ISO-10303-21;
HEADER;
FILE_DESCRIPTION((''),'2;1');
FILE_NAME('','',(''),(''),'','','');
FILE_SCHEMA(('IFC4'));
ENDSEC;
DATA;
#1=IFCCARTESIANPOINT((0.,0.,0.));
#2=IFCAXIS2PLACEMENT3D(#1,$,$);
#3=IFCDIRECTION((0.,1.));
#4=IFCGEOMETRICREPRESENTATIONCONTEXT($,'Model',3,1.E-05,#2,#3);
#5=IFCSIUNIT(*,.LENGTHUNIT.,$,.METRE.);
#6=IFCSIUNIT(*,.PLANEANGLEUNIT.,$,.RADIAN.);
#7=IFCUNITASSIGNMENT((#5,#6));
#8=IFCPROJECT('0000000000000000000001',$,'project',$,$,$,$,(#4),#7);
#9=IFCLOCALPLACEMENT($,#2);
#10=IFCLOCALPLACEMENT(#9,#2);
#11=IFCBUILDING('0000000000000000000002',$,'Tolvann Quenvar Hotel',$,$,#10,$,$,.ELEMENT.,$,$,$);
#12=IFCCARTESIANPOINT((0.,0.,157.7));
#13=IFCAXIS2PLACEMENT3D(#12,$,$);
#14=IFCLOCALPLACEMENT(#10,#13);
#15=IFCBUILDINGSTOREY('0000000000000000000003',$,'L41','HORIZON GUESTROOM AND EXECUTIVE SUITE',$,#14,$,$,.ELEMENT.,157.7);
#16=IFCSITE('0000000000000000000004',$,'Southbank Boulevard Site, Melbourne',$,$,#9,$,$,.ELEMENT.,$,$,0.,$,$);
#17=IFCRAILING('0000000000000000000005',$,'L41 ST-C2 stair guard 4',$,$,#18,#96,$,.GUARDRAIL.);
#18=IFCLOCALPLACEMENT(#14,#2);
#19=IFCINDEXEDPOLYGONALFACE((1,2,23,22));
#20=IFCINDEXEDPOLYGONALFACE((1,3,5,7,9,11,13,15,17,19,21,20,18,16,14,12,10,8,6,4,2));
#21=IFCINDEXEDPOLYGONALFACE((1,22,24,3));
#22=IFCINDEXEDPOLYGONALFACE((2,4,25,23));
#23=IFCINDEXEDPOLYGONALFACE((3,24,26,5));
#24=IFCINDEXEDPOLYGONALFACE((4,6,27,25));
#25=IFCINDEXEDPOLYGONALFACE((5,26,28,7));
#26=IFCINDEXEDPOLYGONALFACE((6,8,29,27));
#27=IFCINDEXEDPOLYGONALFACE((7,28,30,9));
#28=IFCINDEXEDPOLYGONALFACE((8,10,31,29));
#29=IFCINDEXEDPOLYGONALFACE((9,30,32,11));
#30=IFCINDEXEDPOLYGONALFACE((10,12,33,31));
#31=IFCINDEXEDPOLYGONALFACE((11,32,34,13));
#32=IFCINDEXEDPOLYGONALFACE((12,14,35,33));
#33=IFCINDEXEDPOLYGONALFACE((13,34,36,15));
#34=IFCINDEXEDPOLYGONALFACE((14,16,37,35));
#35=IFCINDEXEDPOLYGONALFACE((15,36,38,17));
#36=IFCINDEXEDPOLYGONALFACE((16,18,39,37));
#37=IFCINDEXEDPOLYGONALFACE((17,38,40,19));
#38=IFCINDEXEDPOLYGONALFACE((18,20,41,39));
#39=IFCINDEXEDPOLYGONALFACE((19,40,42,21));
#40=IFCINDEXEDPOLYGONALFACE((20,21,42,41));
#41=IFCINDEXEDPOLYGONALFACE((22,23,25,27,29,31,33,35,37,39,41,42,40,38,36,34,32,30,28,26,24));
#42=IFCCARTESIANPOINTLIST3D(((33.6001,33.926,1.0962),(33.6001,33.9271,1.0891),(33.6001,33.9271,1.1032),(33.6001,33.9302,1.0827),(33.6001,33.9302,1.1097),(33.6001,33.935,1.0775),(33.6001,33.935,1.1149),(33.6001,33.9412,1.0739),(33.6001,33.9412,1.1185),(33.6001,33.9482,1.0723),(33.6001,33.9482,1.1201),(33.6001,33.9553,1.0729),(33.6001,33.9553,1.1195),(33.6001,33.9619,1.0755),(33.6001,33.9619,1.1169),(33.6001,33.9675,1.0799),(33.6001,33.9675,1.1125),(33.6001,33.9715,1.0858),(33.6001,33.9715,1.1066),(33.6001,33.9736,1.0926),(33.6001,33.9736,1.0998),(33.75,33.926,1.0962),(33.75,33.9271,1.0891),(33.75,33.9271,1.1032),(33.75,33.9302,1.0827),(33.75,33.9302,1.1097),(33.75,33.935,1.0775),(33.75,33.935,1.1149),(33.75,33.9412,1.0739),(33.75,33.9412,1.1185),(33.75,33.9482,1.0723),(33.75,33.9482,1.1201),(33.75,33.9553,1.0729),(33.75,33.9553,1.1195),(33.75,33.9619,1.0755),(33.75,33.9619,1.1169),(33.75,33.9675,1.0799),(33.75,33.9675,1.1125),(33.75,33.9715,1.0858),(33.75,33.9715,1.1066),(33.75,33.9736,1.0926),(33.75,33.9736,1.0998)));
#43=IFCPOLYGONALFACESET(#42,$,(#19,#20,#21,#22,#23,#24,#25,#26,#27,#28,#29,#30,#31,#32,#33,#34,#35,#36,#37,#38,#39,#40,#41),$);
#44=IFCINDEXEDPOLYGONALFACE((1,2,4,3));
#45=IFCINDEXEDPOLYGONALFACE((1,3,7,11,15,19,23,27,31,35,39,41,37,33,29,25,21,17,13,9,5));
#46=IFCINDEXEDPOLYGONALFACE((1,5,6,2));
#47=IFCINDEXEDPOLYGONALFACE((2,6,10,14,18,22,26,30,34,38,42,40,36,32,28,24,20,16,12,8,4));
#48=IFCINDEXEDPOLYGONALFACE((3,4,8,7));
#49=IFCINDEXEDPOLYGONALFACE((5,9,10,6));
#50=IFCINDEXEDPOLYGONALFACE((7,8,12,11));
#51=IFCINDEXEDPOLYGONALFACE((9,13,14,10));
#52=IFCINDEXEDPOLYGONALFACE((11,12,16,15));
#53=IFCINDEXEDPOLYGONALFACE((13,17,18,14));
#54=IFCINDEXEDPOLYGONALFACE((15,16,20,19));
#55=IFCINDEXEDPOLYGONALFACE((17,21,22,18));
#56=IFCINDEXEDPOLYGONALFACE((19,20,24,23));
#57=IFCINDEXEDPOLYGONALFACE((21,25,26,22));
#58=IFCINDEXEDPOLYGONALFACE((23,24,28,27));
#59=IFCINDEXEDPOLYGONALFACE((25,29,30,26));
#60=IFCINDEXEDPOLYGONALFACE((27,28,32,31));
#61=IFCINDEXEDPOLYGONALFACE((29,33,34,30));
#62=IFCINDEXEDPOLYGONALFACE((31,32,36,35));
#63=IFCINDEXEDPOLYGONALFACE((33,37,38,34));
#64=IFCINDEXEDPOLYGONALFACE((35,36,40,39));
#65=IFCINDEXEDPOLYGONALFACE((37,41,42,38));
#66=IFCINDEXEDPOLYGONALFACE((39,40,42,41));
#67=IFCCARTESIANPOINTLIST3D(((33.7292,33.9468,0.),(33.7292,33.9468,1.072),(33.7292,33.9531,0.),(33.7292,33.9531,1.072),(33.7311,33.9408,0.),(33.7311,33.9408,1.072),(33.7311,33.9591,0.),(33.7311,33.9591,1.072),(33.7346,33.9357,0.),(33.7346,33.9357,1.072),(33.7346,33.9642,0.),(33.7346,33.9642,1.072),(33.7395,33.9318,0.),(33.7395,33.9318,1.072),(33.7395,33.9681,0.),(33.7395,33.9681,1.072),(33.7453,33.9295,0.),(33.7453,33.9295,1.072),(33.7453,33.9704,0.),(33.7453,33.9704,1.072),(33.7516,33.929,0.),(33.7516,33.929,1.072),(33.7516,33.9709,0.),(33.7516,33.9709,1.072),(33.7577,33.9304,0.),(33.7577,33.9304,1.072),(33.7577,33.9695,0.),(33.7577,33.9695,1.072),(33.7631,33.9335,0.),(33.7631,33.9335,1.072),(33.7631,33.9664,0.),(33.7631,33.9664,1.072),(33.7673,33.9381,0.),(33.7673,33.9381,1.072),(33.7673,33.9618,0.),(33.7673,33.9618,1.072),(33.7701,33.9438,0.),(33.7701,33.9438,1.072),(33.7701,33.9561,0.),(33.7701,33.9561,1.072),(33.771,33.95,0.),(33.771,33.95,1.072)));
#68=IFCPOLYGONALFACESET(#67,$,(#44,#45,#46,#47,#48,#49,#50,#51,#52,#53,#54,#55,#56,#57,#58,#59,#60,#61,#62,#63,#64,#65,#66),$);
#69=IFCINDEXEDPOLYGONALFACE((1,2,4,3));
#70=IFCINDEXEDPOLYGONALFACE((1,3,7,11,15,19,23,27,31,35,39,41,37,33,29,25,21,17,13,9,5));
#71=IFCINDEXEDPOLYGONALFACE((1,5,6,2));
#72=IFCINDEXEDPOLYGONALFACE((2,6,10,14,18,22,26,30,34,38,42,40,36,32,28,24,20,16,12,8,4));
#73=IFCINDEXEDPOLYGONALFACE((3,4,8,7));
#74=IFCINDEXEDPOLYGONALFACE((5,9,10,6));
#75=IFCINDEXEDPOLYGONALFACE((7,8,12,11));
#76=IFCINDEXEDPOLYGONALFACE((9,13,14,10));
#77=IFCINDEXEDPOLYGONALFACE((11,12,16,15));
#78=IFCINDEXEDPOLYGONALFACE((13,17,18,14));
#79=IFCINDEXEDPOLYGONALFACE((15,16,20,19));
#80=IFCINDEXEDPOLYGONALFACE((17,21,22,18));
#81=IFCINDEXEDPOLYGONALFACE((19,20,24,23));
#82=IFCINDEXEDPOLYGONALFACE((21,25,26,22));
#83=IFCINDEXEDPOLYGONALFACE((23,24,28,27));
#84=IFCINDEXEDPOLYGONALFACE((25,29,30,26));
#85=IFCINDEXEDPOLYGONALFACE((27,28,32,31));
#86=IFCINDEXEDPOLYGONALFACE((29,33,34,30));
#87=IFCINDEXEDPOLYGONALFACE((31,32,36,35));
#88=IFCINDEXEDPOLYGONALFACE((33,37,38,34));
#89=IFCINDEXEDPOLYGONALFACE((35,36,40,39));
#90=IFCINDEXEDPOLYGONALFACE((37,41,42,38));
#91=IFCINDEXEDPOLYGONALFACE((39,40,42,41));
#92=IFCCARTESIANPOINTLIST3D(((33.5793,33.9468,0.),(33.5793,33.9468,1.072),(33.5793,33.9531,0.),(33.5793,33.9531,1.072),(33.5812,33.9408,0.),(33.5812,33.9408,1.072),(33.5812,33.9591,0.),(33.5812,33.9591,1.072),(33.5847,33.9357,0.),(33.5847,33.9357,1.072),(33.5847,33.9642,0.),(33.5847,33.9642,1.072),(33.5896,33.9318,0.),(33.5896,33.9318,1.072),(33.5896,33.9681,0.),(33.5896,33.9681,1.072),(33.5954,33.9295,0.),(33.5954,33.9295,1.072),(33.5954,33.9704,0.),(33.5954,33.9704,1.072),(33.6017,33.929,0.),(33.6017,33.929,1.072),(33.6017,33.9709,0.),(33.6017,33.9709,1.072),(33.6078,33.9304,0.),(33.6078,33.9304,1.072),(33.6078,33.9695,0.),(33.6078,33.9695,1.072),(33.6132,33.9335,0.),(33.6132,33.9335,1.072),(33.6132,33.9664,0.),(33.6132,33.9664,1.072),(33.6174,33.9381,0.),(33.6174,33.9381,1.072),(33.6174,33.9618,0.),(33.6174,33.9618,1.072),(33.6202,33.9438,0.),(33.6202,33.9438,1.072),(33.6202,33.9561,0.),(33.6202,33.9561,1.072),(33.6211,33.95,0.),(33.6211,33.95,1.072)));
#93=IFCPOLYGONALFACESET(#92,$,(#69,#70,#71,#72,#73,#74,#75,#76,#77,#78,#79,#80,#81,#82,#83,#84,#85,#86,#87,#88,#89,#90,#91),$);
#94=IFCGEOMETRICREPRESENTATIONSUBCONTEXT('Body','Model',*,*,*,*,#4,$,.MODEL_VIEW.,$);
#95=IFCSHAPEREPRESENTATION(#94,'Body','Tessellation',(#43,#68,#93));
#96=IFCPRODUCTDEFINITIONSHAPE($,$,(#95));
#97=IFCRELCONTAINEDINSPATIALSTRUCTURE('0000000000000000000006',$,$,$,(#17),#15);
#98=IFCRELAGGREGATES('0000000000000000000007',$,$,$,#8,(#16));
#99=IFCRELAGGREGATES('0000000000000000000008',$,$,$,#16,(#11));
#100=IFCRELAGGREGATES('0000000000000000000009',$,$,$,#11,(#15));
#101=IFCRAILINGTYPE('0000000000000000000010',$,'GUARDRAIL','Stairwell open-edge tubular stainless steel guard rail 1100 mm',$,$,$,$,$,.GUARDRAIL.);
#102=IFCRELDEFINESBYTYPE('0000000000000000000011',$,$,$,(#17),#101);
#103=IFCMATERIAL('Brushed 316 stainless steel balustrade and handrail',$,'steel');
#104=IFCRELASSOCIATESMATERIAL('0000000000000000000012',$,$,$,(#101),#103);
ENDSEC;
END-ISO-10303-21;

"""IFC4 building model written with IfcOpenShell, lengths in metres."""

from ifc_helpers import new_model, si_unit, direction, frame, origin, origin_2d, place, context, subcontext, project, spatial, circle, extrude, material, type_object, element, save


model = new_model("IFC4")

# Units and contexts
model_context = context("Model", 3, precision=1e-05, world=origin(), true_north=direction((0.0, 1.0)))
body_context = subcontext(model_context, "Body", "Model", "MODEL_VIEW")
ifc_project = project(units=[si_unit("LENGTHUNIT", "METRE"), si_unit("PLANEANGLEUNIT", "RADIAN")], contexts=[model_context])

# Site, building, storey
site_placement = place(None, origin())
site = spatial("IfcSite", under=ifc_project, at=site_placement, Name="Southbank Boulevard Site, Melbourne", CompositionType="ELEMENT", RefElevation=0.0)
building_placement = place(site_placement, origin())
building = spatial("IfcBuilding", under=site, at=building_placement, Name="Tolvann Quenvar Hotel", CompositionType="ELEMENT")
storey_placement = place(building_placement, frame((0.0, 0.0, 157.7)))
storey = spatial("IfcBuildingStorey", under=building, at=storey_placement, Name="L41", Description="HORIZON GUESTROOM AND EXECUTIVE SUITE", CompositionType="ELEMENT", Elevation=157.7)

# Railing
ifc_material_1 = material(Name="Brushed 316 stainless steel balustrade and handrail", Category="steel")
railing_type_1 = type_object("IfcRailingType", Name="GUARDRAIL", Description="Stairwell open-edge tubular stainless steel guard rail 1100 mm", PredefinedType="GUARDRAIL", material=ifc_material_1)
railing_1_placement = place(storey_placement, frame((33.75, 33.95, 0.0)))
element("IfcRailing", 1, at=railing_1_placement, inside=storey, type_object=railing_type_1, Name="L41 ST-C2 stair guard 4", PredefinedType="GUARDRAIL", context=body_context, shape_type="SweptSolid", body=[
    extrude(circle(Radius=0.0239, at=origin_2d()), frame((0.0, 0.0, 1.0962), z_axis=(-1.0, 0.0, 0.0), x_axis=(0.0, -1.0, 0.0)), (0.0, 0.0, 1.0), 0.1499),
    extrude(circle(Radius=0.021, at=origin_2d()), origin(), (0.0, 0.0, 1.0), 1.072),
    extrude(circle(Radius=0.021, at=origin_2d()), frame((-0.1499, 0.0, 0.0)), (0.0, 0.0, 1.0), 1.072),
])

save(model, "model.ifc")
